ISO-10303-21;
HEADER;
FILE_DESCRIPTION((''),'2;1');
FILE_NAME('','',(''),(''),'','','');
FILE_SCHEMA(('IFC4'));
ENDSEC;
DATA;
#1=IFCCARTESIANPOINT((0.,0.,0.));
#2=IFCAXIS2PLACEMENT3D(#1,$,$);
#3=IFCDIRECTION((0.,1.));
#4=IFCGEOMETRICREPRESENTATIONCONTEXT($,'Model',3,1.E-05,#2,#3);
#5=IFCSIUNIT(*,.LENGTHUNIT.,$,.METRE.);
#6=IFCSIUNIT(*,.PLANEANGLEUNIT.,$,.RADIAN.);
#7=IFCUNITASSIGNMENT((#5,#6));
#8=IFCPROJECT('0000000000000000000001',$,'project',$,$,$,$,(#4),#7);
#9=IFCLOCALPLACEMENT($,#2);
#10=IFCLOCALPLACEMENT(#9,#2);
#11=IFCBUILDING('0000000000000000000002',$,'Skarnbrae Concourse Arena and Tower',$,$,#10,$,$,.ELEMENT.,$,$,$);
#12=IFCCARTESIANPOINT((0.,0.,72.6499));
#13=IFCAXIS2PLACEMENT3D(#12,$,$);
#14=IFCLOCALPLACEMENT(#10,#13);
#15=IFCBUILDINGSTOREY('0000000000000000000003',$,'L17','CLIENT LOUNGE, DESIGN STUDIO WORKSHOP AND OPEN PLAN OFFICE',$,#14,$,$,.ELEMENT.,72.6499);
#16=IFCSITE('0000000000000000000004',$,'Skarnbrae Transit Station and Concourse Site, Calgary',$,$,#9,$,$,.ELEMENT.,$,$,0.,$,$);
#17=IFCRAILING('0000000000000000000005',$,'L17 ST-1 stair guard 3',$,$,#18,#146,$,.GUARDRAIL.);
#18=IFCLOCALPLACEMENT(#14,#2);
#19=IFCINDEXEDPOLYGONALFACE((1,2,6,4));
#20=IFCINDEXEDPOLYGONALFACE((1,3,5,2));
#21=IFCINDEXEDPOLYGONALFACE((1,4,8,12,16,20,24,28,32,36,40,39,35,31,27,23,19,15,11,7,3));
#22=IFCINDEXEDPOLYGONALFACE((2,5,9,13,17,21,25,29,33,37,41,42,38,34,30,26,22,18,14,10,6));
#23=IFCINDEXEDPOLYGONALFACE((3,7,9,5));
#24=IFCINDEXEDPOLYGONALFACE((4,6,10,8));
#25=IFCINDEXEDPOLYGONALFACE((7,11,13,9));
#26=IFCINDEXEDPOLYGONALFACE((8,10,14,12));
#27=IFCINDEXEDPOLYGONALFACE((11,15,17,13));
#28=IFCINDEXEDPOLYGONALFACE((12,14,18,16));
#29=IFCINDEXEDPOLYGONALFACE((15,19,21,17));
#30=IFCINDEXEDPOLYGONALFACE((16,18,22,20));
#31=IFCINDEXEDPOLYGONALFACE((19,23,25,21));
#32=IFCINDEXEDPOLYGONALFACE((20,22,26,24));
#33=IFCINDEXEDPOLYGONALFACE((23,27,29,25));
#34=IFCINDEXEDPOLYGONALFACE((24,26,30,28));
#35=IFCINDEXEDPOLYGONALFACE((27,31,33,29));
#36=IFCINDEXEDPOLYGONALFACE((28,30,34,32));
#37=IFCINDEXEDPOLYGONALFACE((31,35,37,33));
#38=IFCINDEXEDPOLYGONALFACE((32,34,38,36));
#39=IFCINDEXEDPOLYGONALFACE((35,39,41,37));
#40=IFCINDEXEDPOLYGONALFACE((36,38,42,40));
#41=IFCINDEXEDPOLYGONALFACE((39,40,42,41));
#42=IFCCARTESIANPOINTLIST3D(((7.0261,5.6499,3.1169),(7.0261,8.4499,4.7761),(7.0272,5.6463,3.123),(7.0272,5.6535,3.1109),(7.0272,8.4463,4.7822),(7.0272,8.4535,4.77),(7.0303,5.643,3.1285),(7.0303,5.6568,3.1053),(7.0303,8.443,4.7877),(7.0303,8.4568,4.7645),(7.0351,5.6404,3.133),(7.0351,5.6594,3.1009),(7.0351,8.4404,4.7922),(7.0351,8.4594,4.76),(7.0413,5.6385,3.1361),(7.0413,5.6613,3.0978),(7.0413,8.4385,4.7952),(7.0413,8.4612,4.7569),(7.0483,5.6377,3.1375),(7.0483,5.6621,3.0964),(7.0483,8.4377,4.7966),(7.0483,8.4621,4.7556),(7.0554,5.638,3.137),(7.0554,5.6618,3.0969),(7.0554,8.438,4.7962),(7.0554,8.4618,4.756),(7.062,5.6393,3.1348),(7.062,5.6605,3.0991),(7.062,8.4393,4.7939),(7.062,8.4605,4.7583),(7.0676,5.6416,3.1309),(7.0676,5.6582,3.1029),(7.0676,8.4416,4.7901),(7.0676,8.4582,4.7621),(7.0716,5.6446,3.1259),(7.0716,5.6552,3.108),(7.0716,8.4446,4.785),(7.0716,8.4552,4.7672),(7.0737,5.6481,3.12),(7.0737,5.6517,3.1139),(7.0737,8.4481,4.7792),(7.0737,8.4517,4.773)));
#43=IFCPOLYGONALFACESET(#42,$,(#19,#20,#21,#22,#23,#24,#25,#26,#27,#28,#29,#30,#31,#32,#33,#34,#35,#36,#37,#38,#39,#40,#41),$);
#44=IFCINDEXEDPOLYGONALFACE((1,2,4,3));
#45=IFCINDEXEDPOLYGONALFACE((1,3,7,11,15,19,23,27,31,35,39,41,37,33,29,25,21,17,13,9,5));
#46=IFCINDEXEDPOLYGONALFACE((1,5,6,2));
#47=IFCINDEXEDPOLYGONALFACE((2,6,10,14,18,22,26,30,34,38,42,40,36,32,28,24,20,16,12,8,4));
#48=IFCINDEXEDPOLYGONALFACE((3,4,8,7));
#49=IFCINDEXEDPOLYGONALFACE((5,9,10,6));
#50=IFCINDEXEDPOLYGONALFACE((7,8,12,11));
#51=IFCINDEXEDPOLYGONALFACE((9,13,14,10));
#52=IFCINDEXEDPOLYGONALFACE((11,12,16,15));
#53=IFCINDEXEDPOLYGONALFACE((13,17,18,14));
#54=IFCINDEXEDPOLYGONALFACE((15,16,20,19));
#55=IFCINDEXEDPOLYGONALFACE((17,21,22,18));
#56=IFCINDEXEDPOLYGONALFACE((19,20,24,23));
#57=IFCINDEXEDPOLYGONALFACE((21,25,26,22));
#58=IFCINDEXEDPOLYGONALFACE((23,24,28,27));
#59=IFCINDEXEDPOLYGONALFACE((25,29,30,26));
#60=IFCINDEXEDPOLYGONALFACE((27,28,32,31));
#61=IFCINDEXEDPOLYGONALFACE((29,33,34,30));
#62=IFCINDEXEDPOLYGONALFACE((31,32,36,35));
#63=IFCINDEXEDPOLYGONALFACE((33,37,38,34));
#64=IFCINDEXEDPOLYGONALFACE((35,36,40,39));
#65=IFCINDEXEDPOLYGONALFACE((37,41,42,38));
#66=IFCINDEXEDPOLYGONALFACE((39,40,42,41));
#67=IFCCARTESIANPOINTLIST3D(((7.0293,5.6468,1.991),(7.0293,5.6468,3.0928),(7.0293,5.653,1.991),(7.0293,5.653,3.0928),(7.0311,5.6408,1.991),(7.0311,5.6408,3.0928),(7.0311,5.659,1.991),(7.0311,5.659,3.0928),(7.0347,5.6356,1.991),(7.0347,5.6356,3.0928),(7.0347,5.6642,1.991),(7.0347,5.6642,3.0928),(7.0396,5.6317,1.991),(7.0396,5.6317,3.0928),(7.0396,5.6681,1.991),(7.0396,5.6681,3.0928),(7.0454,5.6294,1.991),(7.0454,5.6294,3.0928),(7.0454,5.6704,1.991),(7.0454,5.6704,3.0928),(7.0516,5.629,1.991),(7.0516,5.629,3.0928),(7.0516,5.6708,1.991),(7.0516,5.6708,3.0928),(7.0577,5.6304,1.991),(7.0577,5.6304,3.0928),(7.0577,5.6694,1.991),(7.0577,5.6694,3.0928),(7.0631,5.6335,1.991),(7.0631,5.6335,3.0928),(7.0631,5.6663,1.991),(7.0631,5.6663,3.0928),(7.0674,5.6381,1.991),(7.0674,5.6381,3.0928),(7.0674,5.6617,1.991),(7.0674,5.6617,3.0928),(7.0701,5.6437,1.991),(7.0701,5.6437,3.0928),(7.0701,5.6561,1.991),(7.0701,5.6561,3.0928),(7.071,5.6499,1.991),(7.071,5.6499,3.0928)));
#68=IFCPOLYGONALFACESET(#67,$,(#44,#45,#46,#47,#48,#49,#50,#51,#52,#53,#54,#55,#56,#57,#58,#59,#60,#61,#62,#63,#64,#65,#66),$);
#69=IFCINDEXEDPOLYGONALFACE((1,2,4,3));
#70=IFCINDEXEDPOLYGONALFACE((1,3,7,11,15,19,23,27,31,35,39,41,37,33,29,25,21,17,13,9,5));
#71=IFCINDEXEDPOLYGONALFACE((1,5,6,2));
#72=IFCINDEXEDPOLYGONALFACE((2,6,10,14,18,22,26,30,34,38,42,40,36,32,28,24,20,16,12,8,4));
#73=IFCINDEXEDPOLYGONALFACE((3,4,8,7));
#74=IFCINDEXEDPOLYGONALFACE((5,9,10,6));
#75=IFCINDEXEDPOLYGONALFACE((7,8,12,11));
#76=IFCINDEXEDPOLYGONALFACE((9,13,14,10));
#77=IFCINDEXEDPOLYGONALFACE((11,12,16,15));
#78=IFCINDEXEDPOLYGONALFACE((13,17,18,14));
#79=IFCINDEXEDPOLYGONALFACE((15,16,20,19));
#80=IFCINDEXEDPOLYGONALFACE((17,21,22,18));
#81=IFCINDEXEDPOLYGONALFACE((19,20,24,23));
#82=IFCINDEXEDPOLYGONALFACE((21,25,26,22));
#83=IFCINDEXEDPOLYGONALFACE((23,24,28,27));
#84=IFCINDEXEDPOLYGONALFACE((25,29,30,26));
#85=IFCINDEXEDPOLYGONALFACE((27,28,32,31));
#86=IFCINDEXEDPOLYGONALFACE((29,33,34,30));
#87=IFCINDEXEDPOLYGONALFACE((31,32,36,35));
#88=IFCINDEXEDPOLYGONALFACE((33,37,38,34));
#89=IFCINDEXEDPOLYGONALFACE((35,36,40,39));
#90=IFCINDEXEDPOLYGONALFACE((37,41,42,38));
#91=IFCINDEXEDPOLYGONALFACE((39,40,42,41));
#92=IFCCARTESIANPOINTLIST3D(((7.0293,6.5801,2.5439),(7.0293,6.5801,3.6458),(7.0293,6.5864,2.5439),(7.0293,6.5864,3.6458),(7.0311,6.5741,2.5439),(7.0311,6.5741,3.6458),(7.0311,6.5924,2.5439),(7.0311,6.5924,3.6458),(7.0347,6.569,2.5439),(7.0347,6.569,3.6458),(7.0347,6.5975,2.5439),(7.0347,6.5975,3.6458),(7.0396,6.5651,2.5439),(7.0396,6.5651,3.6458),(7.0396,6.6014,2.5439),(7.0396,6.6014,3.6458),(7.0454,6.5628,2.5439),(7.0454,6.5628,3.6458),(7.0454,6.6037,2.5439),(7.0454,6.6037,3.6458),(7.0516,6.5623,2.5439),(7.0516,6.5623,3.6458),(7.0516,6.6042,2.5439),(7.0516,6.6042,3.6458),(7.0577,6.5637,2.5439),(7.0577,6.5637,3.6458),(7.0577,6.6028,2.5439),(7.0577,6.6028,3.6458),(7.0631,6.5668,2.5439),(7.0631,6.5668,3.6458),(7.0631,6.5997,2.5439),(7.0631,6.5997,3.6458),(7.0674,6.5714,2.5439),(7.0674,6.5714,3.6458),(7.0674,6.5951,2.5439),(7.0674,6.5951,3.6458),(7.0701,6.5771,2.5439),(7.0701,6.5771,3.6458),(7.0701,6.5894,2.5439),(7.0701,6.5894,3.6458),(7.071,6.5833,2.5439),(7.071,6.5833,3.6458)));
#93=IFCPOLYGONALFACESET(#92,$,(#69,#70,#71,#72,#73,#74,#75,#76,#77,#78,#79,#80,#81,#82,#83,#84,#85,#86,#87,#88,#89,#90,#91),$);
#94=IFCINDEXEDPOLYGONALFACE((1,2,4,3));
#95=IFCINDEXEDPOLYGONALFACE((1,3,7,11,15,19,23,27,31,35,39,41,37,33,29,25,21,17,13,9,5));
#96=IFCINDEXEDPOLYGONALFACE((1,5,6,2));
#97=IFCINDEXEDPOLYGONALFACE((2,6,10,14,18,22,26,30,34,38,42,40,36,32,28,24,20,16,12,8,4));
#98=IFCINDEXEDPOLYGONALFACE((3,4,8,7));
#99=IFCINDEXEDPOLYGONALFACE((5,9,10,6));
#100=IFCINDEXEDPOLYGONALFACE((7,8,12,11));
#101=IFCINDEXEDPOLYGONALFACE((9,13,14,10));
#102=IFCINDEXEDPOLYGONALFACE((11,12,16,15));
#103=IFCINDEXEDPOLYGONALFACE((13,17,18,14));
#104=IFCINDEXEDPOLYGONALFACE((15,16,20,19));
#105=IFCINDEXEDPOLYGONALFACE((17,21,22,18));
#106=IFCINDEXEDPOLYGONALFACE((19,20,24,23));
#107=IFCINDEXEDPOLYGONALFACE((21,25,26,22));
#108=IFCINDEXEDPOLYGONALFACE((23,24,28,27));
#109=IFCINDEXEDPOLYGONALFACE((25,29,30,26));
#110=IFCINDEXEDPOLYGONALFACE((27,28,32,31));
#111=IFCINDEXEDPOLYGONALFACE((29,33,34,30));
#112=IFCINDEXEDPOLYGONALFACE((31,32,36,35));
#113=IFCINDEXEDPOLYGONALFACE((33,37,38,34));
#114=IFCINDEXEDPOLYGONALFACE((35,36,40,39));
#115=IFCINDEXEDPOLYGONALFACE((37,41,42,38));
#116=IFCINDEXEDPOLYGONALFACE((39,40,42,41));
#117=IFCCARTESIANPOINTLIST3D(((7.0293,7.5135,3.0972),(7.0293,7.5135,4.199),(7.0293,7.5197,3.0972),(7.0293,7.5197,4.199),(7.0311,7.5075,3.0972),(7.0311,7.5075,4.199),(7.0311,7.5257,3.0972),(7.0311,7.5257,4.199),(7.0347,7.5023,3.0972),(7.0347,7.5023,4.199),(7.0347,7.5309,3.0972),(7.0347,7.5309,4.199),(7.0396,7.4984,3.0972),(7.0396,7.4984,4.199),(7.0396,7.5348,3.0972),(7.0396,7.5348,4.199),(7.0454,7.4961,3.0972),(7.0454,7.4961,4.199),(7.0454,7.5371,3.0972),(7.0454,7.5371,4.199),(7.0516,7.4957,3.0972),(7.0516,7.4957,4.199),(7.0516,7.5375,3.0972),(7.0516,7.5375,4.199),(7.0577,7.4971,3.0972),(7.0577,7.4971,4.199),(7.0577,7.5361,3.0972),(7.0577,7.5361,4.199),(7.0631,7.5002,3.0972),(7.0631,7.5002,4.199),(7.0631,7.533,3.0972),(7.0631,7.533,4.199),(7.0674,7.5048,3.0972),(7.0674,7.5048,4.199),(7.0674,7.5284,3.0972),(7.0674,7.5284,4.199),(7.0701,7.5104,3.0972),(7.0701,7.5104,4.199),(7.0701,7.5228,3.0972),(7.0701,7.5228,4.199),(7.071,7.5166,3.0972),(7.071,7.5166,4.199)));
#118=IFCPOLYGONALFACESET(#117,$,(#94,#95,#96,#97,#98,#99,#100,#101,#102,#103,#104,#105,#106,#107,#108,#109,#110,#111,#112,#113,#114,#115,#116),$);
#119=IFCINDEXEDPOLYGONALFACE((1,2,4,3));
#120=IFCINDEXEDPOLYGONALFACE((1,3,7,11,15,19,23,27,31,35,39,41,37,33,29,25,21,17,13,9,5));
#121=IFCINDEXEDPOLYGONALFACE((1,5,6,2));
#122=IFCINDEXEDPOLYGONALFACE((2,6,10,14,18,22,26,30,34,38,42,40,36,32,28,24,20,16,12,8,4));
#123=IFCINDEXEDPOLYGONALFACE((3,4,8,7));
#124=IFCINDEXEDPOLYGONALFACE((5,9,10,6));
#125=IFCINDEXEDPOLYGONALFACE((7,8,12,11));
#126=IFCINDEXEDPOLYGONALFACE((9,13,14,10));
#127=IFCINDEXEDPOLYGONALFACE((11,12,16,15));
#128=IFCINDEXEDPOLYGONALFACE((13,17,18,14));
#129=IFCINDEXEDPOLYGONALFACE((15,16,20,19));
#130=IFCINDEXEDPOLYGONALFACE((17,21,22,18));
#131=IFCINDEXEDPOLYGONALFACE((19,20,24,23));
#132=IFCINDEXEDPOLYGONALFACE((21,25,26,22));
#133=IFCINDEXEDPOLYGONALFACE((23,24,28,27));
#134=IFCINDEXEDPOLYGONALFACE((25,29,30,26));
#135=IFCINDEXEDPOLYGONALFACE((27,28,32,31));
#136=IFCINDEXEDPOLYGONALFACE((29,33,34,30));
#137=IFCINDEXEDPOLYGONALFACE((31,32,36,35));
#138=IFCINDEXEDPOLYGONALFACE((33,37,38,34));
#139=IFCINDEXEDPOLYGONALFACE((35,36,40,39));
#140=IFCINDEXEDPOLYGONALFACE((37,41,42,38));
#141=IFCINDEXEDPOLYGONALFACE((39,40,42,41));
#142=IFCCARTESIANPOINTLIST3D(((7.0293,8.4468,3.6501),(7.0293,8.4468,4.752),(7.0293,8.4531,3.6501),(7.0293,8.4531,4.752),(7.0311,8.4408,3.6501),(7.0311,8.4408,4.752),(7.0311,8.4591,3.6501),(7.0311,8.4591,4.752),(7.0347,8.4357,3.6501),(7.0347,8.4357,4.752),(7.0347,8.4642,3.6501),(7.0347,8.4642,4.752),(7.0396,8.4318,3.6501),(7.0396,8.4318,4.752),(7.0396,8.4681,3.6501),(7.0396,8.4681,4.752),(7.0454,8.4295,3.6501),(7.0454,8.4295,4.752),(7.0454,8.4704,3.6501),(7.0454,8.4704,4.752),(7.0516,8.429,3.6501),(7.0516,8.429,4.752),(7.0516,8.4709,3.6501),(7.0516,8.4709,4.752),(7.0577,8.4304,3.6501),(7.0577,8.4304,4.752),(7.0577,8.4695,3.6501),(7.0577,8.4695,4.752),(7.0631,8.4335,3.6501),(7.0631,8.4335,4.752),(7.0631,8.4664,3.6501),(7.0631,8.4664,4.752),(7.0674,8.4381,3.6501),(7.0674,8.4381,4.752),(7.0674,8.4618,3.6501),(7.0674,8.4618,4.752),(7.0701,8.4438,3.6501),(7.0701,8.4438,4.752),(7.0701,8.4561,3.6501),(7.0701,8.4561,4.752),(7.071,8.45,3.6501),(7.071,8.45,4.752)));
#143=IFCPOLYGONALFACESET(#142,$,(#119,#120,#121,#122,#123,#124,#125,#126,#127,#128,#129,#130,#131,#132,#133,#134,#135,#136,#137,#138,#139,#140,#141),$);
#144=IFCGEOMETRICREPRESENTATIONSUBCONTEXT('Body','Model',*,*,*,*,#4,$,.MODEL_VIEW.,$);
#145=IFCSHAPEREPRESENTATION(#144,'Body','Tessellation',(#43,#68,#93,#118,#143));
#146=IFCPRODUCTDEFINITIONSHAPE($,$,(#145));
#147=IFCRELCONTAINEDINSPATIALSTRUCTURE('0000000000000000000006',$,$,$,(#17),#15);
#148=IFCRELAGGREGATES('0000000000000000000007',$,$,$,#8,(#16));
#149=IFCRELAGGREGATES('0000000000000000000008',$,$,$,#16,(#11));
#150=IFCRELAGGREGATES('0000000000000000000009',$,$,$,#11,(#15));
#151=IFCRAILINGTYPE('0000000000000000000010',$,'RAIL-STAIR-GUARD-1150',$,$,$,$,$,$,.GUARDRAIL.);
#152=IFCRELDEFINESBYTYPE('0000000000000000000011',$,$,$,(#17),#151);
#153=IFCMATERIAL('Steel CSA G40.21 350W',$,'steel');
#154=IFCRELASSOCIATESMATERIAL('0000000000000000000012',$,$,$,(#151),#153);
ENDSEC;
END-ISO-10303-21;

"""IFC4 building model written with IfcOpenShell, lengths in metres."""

from ifc_helpers import new_model, si_unit, direction, frame, origin, origin_2d, place, context, subcontext, project, spatial, circle, extrude, material, type_object, element, save


model = new_model("IFC4")

# Units and contexts
model_context = context("Model", 3, precision=1e-05, world=origin(), true_north=direction((0.0, 1.0)))
body_context = subcontext(model_context, "Body", "Model", "MODEL_VIEW")
ifc_project = project(units=[si_unit("LENGTHUNIT", "METRE"), si_unit("PLANEANGLEUNIT", "RADIAN")], contexts=[model_context])

# Site, building, storey
site_placement = place(None, origin())
site = spatial("IfcSite", under=ifc_project, at=site_placement, Name="Skarnbrae Transit Station and Concourse Site, Calgary", CompositionType="ELEMENT", RefElevation=0.0)
building_placement = place(site_placement, origin())
building = spatial("IfcBuilding", under=site, at=building_placement, Name="Skarnbrae Concourse Arena and Tower", CompositionType="ELEMENT")
storey_placement = place(building_placement, frame((0.0, 0.0, 72.6499)))
storey = spatial("IfcBuildingStorey", under=building, at=storey_placement, Name="L17", Description="CLIENT LOUNGE, DESIGN STUDIO WORKSHOP AND OPEN PLAN OFFICE", CompositionType="ELEMENT", Elevation=72.6499)

# Shared definitions
ifc_material_1 = material(Name="Steel CSA G40.21 350W", Category="steel")

# Railing
railing_type_1 = type_object("IfcRailingType", Name="RAIL-STAIR-GUARD-1150", PredefinedType="GUARDRAIL", material=ifc_material_1)
railing_1_placement = place(storey_placement, frame((7.05, 5.6499, 1.991)))
element("IfcRailing", 1, at=railing_1_placement, inside=storey, type_object=railing_type_1, Name="L17 ST-1 stair guard 3", PredefinedType="GUARDRAIL", context=body_context, shape_type="SweptSolid", body=[
    extrude(circle(Radius=0.0239, at=origin_2d()), frame((0.0, 0.0, 1.126), z_axis=(0.0, 0.860306, 0.509778), x_axis=(-1.0, 0.0, 0.0)), (0.0, 0.0, 1.0), 3.2546),
    extrude(circle(Radius=0.021, at=origin_2d()), origin(), (0.0, 0.0, 1.0), 1.1018),
    extrude(circle(Radius=0.021, at=origin_2d()), frame((0.0, 0.9333, 0.553)), (0.0, 0.0, 1.0), 1.1018),
    extrude(circle(Radius=0.021, at=origin_2d()), frame((0.0, 1.8667, 1.1062)), (0.0, 0.0, 1.0), 1.1018),
    extrude(circle(Radius=0.021, at=origin_2d()), frame((0.0, 2.8, 1.6592)), (0.0, 0.0, 1.0), 1.1018),
])

save(model, "model.ifc")
